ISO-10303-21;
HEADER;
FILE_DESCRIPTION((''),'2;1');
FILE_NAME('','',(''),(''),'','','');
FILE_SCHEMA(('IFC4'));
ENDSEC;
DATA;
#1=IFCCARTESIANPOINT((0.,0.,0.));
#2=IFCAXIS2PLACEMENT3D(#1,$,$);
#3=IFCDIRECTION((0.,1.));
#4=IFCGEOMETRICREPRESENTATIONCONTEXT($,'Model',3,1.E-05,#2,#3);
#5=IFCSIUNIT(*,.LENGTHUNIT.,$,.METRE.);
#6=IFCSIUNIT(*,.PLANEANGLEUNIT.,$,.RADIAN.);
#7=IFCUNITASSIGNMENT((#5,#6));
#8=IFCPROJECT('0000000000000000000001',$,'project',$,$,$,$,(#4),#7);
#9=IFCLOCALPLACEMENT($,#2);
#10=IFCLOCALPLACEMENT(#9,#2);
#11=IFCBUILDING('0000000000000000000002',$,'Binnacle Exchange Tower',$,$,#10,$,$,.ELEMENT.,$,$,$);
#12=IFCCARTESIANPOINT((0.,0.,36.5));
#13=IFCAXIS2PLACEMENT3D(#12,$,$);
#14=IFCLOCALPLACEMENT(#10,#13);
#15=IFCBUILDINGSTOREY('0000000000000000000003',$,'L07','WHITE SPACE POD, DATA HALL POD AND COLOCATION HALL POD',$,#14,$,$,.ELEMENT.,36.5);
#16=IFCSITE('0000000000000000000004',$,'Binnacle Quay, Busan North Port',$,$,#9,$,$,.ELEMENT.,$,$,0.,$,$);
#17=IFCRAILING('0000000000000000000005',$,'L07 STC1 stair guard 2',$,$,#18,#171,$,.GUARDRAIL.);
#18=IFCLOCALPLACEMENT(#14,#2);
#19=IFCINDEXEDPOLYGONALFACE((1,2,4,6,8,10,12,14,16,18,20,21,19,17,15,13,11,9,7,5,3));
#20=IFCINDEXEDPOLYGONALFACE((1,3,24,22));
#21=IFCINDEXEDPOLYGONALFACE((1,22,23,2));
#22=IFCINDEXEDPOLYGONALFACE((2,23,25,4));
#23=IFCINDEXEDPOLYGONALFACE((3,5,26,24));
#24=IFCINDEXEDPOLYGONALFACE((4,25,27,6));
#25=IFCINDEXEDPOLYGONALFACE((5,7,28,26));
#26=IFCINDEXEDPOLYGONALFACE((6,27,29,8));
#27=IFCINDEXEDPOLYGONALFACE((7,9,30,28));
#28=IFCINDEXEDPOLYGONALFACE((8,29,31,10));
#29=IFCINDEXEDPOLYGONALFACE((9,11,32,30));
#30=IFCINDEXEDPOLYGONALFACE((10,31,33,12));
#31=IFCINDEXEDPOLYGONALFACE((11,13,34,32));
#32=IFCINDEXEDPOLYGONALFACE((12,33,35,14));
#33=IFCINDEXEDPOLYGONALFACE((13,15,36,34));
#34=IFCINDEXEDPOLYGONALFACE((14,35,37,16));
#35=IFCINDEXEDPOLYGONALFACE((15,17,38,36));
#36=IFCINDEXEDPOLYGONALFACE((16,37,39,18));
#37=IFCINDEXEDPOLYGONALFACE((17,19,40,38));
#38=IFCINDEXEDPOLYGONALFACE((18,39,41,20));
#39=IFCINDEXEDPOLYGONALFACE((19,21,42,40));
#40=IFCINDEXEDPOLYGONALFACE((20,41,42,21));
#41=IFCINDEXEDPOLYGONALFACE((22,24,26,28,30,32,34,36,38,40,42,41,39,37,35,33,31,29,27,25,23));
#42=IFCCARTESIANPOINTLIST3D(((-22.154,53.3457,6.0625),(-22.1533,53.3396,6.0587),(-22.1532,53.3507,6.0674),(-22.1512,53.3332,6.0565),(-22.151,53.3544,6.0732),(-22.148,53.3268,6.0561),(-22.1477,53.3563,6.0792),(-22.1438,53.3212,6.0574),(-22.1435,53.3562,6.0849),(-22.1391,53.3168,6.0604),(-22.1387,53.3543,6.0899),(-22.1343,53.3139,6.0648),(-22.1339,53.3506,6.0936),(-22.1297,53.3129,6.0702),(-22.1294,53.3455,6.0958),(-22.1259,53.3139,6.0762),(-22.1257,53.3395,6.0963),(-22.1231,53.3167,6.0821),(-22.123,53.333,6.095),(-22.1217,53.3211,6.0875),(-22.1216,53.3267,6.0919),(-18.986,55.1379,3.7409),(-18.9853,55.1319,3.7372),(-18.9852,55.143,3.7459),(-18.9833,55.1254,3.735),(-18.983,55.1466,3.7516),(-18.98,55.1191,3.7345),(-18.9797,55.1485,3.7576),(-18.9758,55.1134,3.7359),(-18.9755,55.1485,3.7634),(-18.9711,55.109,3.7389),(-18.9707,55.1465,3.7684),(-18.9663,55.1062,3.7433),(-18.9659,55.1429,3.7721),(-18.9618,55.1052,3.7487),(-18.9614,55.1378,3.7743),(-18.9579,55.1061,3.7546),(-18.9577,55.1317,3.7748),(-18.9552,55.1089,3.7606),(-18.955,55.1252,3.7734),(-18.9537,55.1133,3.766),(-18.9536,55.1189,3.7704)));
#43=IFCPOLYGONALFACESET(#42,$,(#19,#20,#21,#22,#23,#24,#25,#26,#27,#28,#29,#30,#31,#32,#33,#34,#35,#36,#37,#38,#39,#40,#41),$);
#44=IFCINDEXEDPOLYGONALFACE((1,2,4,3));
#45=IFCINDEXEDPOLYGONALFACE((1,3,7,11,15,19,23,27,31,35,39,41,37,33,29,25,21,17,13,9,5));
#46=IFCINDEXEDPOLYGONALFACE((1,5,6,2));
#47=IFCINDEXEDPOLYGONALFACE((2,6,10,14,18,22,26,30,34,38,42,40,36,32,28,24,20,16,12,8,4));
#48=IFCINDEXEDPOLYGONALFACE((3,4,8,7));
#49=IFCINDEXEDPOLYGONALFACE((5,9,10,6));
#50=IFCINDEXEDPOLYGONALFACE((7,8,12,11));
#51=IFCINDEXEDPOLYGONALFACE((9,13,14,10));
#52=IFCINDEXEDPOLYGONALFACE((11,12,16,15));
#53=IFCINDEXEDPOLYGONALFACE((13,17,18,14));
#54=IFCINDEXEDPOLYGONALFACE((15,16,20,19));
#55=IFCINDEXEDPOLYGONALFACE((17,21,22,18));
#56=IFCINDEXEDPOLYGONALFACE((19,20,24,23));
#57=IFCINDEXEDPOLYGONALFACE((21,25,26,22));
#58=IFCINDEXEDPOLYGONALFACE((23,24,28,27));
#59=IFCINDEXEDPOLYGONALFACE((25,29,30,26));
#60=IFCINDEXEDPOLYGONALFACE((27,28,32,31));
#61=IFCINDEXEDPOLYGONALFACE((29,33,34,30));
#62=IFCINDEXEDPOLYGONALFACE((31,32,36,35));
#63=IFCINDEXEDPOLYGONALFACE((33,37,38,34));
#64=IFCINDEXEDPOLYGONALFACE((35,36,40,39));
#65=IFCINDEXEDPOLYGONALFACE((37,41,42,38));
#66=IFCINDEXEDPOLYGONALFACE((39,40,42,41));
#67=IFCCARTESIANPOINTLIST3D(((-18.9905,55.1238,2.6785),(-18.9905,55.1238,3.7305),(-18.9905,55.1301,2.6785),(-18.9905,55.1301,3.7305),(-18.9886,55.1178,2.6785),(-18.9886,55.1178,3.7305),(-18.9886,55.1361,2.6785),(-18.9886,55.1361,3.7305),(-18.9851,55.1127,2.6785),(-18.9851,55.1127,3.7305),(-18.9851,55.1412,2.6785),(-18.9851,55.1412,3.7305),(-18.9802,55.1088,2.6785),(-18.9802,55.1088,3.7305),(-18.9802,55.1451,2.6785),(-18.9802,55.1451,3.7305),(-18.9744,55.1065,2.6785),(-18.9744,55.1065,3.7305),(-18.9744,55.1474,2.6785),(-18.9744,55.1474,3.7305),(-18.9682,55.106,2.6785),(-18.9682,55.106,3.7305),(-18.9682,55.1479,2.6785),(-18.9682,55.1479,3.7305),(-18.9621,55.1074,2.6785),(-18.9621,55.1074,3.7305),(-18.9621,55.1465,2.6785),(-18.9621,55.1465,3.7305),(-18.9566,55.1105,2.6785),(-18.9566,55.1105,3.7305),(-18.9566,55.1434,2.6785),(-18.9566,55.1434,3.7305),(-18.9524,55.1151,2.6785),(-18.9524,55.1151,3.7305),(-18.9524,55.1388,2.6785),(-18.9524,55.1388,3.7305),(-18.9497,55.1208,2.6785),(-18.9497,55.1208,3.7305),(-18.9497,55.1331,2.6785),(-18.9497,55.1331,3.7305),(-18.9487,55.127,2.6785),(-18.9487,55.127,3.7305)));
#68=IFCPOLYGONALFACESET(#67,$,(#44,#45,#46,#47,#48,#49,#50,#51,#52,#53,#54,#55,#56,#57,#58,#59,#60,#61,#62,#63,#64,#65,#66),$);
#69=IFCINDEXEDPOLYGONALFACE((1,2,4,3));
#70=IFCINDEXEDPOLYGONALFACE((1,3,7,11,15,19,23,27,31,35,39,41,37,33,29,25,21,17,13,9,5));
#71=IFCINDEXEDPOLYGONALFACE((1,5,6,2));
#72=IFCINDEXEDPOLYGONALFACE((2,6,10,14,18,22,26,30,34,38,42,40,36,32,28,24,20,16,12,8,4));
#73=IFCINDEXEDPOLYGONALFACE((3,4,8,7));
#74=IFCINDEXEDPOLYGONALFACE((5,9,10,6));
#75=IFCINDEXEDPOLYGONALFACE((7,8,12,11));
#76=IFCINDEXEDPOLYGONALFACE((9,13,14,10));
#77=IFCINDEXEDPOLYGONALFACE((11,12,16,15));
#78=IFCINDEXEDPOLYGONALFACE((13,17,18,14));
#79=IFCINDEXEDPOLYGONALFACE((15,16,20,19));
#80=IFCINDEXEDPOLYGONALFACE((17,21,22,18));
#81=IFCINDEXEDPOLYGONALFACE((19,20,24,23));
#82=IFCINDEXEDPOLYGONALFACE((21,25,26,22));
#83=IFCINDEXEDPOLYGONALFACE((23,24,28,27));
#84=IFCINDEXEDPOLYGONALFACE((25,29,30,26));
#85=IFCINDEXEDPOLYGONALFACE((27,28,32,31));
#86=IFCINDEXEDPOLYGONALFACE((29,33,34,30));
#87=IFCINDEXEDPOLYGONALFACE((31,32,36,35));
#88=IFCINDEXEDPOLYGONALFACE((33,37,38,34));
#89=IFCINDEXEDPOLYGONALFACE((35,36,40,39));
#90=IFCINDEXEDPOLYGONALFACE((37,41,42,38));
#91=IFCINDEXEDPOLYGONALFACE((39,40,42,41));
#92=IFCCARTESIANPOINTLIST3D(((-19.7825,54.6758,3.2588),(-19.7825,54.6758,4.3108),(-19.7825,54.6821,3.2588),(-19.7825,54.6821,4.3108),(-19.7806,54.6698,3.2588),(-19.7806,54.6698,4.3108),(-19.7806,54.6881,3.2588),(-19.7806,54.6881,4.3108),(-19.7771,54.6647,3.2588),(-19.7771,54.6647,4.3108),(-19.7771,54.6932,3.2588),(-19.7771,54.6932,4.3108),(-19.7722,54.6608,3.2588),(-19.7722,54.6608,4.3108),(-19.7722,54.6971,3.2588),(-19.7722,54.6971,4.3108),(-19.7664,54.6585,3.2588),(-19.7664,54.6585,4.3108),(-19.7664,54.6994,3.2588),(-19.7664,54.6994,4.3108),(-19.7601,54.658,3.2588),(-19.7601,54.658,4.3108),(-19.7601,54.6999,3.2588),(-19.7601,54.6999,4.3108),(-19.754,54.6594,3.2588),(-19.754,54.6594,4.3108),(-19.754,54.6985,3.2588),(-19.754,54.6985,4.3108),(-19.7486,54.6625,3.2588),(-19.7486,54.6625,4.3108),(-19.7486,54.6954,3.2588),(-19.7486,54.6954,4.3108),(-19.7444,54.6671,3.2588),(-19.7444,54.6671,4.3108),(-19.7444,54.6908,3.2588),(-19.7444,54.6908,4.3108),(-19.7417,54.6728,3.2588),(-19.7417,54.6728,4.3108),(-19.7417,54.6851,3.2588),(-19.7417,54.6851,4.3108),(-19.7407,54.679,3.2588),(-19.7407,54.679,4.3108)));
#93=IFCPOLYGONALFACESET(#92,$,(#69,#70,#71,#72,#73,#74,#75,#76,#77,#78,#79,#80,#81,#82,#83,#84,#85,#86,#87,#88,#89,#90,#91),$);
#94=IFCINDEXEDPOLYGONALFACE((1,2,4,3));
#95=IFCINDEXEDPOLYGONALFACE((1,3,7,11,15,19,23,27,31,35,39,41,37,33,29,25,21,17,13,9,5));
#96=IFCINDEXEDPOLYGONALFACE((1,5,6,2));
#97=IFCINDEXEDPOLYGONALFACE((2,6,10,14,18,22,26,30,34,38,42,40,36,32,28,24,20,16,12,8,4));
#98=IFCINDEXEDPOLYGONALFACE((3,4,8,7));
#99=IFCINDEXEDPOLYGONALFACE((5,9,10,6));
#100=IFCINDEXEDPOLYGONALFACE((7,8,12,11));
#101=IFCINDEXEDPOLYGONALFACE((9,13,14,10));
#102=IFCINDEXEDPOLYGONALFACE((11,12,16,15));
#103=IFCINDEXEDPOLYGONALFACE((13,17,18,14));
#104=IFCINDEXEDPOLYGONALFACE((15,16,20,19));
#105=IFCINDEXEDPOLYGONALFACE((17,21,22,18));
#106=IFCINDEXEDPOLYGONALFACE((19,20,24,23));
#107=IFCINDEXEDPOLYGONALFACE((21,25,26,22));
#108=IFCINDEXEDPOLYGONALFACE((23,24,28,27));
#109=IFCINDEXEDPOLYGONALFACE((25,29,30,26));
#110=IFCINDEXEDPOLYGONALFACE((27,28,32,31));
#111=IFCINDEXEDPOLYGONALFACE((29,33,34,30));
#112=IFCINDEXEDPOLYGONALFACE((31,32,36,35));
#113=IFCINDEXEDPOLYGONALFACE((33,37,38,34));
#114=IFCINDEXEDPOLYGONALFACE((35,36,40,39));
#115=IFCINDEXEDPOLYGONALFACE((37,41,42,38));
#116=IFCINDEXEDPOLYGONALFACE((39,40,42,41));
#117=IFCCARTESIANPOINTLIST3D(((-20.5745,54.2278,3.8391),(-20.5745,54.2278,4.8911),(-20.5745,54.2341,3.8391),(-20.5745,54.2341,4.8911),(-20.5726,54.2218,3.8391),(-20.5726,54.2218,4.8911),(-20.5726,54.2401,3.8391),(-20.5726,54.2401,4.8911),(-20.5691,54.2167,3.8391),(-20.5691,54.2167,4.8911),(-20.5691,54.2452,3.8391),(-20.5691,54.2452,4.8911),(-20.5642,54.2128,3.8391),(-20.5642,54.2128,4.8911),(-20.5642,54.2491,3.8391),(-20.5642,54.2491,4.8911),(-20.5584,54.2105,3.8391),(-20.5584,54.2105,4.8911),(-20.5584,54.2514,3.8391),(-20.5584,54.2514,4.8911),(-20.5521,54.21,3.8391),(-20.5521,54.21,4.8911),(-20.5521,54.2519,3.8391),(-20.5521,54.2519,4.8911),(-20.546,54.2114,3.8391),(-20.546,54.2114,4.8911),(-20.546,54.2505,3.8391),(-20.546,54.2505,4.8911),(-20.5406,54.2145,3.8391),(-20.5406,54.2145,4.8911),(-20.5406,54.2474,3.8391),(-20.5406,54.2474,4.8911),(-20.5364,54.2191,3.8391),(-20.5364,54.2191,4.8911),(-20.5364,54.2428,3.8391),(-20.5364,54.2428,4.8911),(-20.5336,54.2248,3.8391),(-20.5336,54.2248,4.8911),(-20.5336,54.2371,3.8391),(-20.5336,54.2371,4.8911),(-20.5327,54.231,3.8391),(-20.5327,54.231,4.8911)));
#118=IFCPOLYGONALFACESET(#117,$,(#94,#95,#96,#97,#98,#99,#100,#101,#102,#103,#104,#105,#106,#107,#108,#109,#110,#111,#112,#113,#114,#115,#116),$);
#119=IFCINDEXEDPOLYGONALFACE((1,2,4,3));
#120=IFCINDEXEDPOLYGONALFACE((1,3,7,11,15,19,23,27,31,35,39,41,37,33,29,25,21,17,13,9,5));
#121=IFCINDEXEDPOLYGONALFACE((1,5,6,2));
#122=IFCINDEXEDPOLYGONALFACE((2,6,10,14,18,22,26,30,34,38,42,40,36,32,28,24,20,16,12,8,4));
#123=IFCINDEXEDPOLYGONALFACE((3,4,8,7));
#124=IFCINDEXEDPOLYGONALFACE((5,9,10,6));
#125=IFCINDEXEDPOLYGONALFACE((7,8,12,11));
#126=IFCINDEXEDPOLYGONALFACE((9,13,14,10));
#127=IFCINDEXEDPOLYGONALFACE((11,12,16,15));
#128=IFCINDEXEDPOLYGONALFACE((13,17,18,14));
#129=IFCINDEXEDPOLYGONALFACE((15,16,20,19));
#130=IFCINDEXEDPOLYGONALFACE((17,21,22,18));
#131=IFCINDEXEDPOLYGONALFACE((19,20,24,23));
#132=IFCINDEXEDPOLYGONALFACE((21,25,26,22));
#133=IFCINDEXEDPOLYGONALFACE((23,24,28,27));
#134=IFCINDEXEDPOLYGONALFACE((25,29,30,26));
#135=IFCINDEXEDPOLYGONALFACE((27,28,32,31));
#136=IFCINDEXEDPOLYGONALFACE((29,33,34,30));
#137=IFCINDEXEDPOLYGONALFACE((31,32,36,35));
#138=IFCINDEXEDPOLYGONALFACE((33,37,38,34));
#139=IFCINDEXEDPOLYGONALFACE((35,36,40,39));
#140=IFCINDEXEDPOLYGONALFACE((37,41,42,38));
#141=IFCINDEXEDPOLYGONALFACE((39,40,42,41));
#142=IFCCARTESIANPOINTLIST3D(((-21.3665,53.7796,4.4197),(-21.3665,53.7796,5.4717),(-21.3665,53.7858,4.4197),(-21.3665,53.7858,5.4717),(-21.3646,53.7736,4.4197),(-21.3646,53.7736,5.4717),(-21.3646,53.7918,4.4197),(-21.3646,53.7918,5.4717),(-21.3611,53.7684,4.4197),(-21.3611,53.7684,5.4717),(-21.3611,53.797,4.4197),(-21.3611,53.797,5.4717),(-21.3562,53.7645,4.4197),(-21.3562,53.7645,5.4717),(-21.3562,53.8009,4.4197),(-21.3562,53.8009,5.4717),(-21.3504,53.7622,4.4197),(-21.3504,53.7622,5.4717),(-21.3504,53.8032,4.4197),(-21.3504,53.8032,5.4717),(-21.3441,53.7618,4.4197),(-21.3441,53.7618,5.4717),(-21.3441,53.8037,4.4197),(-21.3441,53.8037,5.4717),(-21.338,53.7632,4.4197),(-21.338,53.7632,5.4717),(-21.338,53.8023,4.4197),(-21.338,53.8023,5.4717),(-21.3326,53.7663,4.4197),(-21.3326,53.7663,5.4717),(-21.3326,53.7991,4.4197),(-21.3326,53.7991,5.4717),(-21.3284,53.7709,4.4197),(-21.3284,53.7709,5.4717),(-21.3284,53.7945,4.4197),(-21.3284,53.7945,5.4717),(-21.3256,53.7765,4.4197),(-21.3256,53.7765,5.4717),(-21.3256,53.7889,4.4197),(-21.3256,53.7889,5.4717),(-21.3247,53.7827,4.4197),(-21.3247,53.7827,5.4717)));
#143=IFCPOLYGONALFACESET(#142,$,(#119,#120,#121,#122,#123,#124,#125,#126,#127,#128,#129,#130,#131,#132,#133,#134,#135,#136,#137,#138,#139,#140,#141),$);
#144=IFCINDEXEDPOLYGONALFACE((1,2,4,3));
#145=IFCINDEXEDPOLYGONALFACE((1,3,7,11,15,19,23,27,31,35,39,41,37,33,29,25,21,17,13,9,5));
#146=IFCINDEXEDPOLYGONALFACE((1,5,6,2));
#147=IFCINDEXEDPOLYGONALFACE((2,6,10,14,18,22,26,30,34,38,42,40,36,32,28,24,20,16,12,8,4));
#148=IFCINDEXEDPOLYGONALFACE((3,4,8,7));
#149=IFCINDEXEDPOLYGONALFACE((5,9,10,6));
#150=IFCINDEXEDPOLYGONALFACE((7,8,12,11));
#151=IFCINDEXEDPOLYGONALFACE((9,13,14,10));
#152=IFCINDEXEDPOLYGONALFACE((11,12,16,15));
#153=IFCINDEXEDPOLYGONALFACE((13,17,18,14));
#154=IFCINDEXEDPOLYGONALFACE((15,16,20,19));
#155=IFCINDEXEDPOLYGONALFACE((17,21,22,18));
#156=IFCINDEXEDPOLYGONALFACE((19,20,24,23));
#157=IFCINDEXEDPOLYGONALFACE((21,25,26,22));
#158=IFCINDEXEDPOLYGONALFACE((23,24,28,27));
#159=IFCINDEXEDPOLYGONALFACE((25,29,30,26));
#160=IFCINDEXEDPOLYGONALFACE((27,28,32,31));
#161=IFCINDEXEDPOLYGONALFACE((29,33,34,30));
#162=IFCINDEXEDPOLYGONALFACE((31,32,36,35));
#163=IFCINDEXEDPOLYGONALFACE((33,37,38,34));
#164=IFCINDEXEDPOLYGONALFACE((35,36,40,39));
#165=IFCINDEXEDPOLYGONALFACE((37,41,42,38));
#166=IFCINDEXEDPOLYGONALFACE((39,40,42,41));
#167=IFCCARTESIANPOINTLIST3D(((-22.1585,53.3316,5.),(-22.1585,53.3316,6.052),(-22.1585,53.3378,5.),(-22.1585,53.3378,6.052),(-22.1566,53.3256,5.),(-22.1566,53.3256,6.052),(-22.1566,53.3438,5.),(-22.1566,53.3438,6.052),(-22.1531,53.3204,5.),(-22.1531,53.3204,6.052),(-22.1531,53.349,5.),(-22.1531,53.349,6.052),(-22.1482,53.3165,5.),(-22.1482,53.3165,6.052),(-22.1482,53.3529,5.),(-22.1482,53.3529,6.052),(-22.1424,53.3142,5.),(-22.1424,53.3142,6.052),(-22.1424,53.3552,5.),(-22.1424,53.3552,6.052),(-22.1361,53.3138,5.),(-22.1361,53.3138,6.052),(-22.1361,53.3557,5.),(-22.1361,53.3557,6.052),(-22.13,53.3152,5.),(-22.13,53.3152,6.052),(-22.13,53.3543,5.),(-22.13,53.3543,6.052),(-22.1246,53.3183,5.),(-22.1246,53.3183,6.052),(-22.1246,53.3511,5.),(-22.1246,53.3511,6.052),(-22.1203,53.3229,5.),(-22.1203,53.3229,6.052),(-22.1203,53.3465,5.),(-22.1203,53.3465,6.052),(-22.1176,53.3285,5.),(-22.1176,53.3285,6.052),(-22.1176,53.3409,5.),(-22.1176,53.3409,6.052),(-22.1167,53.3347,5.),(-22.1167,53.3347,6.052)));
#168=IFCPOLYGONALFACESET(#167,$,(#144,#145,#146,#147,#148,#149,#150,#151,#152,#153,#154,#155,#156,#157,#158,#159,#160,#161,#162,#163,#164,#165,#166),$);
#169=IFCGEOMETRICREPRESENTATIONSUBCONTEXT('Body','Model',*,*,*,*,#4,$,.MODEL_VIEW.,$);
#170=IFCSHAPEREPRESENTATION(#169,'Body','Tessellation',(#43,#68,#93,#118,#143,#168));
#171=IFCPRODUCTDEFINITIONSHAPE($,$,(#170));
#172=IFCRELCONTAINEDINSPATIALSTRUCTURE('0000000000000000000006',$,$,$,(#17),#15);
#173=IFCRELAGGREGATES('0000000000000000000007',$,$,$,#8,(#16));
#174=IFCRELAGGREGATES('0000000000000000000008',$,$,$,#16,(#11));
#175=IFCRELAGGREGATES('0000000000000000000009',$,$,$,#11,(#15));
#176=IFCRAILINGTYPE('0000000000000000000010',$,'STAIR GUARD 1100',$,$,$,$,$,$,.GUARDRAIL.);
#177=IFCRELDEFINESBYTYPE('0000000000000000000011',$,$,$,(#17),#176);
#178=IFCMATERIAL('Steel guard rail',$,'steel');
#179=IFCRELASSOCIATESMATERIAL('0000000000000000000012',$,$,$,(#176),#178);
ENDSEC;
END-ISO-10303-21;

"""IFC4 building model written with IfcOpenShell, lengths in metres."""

from ifc_helpers import new_model, si_unit, direction, frame, origin, origin_2d, place, context, subcontext, project, spatial, circle, extrude, material, type_object, element, save


model = new_model("IFC4")

# Units and contexts
model_context = context("Model", 3, precision=1e-05, world=origin(), true_north=direction((0.0, 1.0)))
body_context = subcontext(model_context, "Body", "Model", "MODEL_VIEW")
ifc_project = project(units=[si_unit("LENGTHUNIT", "METRE"), si_unit("PLANEANGLEUNIT", "RADIAN")], contexts=[model_context])

# Site, building, storey
site_placement = place(None, origin())
site = spatial("IfcSite", under=ifc_project, at=site_placement, Name="Binnacle Quay, Busan North Port", CompositionType="ELEMENT", RefElevation=0.0)
building_placement = place(site_placement, origin())
building = spatial("IfcBuilding", under=site, at=building_placement, Name="Binnacle Exchange Tower", CompositionType="ELEMENT")
storey_placement = place(building_placement, frame((0.0, 0.0, 36.5)))
storey = spatial("IfcBuildingStorey", under=building, at=storey_placement, Name="L07", Description="WHITE SPACE POD, DATA HALL POD AND COLOCATION HALL POD", CompositionType="ELEMENT", Elevation=36.5)

# Railing
ifc_material_1 = material(Name="Steel guard rail", Category="steel")
railing_type = type_object("IfcRailingType", Name="STAIR GUARD 1100", PredefinedType="GUARDRAIL", material=ifc_material_1)
railing_1_placement = place(storey_placement, frame((-18.9697, 55.127, 2.6785)))
element("IfcRailing", 1, at=railing_1_placement, inside=storey, type_object=railing_type, Name="L07 STC1 stair guard 2", PredefinedType="GUARDRAIL", context=body_context, shape_type="SweptSolid", body=[
    extrude(circle(Radius=0.0239, at=origin_2d()), frame((0.0, 0.0, 1.0762), z_axis=(-0.733813, -0.415145, 0.537749), x_axis=(0.4924, -0.870369, 0.0)), (0.0, 0.0, 1.0), 4.3171),
    extrude(circle(Radius=0.021, at=origin_2d()), origin(), (0.0, 0.0, 1.0), 1.052),
    extrude(circle(Radius=0.021, at=origin_2d()), frame((-0.792, -0.448, 0.5803)), (0.0, 0.0, 1.0), 1.052),
    extrude(circle(Radius=0.021, at=origin_2d()), frame((-1.584, -0.896, 1.1606)), (0.0, 0.0, 1.0), 1.052),
    extrude(circle(Radius=0.021, at=origin_2d()), frame((-2.376, -1.3442, 1.7412)), (0.0, 0.0, 1.0), 1.052),
    extrude(circle(Radius=0.021, at=origin_2d()), frame((-3.168, -1.7922, 2.3215)), (0.0, 0.0, 1.0), 1.052),
])

save(model, "model.ifc")
